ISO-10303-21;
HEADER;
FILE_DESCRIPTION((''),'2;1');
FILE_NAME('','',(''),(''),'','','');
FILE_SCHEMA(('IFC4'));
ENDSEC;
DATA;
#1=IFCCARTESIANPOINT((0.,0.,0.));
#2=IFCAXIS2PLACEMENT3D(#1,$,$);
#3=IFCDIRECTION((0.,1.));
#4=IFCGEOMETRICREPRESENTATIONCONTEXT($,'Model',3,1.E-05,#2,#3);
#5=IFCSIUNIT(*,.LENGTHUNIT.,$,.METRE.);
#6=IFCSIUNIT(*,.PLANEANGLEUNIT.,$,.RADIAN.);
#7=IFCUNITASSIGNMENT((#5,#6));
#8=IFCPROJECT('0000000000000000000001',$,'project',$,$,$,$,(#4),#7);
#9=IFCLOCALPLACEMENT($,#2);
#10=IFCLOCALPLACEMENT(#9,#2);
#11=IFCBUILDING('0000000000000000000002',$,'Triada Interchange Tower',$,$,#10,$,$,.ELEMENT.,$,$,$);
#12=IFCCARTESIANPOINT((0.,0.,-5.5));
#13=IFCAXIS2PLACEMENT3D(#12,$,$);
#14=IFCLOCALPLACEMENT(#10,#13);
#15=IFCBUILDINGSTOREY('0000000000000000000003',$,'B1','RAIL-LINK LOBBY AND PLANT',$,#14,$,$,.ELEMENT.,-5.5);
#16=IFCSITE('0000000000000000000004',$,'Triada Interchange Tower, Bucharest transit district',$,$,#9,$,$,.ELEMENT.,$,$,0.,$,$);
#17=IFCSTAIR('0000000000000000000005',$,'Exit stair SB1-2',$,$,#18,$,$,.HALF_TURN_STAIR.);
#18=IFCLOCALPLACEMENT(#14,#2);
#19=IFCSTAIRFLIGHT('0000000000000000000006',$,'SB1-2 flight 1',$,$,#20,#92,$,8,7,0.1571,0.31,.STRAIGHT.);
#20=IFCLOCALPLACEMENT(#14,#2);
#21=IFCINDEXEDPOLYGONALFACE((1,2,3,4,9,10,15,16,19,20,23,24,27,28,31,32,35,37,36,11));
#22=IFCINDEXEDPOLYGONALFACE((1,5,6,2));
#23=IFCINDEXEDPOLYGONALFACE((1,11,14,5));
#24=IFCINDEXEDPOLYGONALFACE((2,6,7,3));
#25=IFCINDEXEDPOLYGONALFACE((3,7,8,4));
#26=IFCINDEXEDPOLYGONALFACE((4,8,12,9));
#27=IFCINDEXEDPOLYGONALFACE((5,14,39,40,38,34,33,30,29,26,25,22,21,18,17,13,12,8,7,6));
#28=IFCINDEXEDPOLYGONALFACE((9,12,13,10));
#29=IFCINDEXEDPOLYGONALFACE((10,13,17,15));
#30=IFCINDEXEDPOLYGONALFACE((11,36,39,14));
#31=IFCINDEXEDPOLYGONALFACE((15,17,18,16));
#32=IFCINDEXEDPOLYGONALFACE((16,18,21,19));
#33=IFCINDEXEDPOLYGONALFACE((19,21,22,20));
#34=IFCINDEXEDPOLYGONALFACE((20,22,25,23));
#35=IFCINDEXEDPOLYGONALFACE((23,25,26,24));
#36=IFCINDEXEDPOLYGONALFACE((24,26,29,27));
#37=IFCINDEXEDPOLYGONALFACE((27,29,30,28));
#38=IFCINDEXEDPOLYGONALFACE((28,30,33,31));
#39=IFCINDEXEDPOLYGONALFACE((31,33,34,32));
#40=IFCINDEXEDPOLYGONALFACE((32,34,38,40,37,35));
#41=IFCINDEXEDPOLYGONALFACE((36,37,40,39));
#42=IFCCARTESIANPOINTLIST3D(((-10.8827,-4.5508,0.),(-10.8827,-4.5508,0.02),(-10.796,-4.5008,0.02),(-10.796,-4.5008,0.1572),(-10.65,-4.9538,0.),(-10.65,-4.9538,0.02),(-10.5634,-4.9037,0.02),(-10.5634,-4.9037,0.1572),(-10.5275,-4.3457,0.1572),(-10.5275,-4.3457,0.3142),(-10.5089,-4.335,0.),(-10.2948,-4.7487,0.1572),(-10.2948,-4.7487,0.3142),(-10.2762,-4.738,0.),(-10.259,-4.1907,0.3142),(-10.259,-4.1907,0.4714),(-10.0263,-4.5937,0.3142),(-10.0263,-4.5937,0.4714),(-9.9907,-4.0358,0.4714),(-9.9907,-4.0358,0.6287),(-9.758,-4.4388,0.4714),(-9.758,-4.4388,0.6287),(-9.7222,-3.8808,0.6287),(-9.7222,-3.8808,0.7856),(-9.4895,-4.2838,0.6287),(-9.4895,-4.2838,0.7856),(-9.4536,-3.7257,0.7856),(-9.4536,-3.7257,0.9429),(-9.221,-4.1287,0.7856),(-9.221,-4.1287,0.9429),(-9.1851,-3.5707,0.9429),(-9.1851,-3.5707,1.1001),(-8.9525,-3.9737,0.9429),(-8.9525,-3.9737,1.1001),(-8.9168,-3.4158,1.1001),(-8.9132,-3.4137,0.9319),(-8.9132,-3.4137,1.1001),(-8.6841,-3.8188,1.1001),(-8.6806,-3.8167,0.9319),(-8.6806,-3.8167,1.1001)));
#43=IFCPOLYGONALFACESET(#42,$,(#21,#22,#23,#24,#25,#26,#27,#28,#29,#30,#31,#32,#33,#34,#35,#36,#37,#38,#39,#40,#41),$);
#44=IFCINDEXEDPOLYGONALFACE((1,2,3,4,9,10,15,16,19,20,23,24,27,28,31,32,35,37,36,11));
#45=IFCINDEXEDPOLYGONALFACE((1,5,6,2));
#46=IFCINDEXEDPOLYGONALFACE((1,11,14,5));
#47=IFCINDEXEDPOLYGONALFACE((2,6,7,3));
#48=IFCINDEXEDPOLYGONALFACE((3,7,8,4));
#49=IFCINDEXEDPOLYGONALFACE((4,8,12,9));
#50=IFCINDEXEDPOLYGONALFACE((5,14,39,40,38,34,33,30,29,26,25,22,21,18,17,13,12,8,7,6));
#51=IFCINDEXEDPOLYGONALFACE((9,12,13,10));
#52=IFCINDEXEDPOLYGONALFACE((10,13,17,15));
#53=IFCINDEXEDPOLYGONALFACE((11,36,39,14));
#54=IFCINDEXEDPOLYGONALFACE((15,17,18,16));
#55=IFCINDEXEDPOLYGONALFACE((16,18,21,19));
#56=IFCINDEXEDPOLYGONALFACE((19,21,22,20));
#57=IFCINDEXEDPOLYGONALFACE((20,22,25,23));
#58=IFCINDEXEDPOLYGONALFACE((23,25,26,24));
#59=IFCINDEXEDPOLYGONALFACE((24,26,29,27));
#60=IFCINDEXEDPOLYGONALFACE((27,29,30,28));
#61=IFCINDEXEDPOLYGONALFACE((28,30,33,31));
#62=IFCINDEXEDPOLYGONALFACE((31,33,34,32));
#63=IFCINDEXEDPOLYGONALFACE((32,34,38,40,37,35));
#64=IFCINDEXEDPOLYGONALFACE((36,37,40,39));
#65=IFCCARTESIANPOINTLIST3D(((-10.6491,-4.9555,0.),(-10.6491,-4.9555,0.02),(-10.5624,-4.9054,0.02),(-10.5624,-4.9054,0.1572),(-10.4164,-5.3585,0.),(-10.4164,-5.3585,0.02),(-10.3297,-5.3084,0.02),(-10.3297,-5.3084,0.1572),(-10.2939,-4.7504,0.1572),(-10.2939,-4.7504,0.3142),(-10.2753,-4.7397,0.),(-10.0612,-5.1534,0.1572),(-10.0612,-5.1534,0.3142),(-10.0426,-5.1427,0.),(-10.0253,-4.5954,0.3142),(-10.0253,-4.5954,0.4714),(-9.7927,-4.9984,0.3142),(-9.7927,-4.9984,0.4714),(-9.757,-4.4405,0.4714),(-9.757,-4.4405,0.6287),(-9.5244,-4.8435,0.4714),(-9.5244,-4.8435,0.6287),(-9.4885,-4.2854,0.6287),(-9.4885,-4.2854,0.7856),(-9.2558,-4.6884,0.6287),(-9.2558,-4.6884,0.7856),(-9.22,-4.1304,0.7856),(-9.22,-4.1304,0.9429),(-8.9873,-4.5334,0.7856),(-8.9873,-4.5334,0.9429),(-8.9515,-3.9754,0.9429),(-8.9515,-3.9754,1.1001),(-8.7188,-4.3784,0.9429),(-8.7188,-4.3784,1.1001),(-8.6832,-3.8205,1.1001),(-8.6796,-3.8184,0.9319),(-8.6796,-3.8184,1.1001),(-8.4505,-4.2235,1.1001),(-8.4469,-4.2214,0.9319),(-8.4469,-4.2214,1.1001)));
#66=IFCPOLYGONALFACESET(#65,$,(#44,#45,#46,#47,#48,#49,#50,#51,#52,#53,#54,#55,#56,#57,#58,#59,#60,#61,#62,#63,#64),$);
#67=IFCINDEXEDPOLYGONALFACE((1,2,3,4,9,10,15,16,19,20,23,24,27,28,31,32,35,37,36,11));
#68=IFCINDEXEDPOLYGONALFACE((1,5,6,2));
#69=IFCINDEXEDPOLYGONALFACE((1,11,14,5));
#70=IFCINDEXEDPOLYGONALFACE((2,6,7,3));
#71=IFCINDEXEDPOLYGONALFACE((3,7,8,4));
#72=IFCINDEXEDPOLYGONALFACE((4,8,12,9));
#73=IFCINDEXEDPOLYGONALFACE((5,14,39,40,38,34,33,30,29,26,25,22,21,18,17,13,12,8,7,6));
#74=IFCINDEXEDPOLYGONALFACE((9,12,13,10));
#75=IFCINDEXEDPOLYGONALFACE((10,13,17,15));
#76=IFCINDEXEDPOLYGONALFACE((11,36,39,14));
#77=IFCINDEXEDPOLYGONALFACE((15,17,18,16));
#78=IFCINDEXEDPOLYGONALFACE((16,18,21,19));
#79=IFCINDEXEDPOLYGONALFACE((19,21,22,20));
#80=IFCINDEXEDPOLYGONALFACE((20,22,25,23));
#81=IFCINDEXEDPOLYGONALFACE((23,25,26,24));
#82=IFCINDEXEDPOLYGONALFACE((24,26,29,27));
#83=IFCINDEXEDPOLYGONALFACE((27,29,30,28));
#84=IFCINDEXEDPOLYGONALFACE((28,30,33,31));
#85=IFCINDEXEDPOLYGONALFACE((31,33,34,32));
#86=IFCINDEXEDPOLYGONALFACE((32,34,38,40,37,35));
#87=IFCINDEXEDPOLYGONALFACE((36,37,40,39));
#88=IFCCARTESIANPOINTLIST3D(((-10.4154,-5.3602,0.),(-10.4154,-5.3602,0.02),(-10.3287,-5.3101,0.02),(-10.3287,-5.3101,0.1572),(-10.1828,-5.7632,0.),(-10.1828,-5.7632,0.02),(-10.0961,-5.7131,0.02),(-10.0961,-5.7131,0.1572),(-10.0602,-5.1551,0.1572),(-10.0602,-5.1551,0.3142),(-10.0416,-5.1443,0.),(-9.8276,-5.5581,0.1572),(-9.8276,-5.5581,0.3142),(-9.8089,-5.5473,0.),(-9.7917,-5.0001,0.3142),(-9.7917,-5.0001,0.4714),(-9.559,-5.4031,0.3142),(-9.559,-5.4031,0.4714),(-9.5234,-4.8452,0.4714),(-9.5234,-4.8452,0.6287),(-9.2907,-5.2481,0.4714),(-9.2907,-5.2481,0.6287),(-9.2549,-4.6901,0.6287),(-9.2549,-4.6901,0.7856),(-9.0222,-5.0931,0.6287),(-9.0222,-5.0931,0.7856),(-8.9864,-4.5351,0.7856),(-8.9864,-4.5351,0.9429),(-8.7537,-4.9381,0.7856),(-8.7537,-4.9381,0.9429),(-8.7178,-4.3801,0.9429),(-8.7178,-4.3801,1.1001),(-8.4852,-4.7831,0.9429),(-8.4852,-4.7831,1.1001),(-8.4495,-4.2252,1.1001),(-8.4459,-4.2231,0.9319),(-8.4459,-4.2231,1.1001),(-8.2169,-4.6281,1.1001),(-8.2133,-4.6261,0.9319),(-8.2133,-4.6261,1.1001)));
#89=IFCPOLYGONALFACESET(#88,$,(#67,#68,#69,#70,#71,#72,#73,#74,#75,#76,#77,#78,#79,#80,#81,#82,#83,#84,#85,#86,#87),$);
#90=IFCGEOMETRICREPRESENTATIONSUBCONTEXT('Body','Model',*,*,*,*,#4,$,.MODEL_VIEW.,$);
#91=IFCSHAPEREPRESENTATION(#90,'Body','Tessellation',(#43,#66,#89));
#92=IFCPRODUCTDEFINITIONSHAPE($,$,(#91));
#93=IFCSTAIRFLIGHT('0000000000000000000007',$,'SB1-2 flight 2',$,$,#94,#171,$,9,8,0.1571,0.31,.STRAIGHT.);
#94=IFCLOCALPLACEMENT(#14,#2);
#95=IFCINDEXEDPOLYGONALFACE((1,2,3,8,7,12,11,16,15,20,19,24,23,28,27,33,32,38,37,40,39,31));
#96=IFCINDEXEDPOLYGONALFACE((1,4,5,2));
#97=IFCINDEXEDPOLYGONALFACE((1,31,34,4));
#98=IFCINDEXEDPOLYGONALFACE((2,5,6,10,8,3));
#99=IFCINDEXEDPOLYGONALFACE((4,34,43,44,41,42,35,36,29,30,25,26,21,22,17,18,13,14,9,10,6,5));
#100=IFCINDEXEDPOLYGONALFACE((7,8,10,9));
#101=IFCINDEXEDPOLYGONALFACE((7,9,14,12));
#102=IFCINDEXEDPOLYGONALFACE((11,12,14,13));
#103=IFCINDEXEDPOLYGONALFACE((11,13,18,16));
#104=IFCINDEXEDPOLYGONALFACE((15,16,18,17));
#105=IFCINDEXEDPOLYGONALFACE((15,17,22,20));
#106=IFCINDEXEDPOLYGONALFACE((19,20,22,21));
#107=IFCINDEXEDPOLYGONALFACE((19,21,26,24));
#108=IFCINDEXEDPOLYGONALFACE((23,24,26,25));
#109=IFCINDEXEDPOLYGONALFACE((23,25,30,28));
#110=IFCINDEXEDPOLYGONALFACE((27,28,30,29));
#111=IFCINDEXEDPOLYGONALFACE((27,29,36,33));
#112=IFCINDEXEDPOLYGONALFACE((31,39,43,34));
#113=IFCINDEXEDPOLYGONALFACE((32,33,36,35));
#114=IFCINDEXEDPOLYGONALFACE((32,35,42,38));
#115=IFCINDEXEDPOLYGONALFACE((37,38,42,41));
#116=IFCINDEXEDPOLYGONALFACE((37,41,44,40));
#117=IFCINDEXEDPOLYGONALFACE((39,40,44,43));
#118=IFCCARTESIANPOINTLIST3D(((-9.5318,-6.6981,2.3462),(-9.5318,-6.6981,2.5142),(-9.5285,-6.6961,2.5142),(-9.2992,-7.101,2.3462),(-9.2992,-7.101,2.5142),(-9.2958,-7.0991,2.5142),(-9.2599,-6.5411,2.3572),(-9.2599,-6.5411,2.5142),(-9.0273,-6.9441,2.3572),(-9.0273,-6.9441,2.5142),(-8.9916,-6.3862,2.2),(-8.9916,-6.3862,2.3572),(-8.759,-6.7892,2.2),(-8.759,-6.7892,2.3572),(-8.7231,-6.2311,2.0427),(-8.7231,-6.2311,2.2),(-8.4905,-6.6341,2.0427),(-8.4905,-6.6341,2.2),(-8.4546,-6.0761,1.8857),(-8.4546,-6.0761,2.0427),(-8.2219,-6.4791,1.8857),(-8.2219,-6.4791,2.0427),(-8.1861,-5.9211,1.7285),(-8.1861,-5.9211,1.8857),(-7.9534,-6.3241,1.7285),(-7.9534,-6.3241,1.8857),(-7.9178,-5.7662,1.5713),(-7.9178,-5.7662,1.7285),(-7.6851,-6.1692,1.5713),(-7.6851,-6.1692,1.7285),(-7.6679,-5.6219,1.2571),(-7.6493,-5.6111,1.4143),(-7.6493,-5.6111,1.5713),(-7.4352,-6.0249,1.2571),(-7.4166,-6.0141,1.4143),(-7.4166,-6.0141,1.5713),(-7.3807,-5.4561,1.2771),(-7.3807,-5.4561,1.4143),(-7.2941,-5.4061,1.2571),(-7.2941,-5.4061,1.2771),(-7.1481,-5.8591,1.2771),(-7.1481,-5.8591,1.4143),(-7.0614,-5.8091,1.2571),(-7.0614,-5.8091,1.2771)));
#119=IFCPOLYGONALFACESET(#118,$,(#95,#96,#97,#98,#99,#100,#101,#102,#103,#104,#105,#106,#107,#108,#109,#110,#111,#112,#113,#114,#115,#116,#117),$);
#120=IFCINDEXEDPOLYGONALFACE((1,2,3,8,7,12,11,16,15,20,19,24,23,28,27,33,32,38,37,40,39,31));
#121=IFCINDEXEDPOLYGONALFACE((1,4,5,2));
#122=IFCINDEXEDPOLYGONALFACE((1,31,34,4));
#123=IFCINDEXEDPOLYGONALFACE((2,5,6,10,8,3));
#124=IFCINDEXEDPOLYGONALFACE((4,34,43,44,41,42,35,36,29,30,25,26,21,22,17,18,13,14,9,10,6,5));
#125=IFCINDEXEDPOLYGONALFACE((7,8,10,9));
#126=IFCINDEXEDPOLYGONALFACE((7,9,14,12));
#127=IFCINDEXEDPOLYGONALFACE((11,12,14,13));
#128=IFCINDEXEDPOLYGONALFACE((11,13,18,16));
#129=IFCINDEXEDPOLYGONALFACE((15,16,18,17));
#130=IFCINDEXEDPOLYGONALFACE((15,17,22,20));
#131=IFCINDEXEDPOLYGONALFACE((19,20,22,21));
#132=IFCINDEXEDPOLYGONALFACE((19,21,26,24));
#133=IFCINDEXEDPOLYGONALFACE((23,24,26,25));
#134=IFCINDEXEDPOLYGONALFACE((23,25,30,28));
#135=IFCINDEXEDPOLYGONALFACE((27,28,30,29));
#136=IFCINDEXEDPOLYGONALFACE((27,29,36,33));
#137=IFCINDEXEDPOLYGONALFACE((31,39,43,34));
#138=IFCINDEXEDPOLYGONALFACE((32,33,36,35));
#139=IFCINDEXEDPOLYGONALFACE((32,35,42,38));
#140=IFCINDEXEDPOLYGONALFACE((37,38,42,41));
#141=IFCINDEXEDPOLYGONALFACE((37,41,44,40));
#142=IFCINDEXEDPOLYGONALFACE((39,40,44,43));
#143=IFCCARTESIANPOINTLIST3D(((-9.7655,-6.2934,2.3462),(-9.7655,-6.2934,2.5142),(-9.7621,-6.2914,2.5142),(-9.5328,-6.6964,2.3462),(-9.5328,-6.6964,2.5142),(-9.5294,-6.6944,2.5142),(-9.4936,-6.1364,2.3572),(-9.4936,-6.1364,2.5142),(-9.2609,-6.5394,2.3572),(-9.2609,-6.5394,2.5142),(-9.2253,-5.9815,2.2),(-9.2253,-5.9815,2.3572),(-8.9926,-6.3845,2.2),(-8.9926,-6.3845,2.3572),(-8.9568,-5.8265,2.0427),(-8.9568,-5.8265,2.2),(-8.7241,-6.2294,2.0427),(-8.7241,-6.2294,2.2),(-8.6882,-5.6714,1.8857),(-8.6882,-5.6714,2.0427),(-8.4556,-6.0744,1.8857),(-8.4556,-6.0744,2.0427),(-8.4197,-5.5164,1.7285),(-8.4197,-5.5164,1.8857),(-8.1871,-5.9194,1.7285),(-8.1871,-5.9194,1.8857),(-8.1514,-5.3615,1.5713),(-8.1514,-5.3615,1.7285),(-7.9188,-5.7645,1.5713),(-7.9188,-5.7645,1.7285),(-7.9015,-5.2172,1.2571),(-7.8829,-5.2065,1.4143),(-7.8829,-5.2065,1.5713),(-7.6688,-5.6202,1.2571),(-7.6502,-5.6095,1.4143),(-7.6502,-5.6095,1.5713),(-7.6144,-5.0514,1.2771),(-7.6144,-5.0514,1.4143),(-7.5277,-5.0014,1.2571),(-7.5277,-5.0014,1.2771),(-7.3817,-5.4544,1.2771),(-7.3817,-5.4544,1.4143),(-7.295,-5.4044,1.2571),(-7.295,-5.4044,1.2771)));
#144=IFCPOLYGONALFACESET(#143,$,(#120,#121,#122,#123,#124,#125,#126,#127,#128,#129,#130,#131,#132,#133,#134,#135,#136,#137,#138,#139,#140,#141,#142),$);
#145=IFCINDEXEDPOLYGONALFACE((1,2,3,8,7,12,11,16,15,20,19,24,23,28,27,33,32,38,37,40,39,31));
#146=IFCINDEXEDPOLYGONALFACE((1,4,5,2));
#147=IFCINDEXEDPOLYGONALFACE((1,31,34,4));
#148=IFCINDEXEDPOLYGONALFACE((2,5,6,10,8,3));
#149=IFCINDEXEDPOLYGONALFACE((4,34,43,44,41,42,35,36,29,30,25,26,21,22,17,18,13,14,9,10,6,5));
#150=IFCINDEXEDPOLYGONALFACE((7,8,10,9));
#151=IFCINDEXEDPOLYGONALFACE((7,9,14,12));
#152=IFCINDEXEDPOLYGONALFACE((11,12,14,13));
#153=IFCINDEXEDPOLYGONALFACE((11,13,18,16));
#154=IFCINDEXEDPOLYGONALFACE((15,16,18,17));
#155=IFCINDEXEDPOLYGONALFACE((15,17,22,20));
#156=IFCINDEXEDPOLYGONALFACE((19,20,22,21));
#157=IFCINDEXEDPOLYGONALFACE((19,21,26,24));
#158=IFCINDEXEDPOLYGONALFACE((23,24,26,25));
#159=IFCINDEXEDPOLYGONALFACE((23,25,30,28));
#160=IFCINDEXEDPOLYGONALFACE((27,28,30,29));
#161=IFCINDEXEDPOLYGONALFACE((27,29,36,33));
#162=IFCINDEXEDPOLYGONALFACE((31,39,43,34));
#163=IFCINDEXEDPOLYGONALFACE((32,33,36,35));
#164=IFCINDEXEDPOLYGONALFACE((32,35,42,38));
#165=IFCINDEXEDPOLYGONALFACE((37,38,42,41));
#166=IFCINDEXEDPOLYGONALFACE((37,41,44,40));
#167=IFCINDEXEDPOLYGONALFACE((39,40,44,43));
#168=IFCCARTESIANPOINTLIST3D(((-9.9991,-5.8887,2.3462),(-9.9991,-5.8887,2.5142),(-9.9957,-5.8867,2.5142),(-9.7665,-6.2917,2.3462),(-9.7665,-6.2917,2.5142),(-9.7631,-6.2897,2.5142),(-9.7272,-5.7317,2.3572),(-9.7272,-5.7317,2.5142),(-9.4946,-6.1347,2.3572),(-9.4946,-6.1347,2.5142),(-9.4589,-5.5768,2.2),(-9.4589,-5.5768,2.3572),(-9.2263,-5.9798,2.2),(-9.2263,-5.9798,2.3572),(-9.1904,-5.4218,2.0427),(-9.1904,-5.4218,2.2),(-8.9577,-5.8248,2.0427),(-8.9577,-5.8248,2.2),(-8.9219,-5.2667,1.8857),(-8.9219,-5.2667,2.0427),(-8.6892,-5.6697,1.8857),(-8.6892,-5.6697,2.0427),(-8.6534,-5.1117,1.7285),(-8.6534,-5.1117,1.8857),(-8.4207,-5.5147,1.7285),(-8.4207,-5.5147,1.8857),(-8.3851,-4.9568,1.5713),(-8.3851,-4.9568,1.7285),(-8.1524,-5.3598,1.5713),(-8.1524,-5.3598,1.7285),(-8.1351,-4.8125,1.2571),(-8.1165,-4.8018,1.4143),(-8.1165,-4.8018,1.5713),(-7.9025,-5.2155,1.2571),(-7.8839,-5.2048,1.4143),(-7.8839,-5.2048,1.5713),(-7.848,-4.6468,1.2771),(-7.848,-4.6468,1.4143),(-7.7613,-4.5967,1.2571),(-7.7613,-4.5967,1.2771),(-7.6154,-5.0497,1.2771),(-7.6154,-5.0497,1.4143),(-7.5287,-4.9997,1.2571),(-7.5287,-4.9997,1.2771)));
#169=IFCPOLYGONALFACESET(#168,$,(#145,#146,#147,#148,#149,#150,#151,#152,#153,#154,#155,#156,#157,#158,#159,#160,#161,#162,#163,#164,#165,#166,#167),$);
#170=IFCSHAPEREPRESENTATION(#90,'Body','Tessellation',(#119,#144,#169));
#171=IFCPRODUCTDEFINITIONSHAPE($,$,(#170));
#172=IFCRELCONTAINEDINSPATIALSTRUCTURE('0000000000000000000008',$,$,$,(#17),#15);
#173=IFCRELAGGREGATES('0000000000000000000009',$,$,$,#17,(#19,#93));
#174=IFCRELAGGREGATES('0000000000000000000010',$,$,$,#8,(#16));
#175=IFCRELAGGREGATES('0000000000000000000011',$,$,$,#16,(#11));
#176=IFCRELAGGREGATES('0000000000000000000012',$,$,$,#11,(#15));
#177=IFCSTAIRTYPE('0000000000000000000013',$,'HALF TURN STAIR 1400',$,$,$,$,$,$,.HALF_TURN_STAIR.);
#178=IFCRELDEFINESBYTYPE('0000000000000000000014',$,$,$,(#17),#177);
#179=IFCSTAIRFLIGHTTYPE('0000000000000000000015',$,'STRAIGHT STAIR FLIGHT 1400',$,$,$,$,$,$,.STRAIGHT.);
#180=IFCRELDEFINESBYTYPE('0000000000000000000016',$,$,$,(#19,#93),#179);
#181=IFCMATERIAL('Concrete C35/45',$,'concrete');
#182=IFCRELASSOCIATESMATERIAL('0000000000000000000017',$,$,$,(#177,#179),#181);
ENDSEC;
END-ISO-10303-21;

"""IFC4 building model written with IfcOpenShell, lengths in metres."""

from ifc_helpers import new_model, si_unit, direction, frame, origin, place, context, subcontext, project, spatial, polyline, outline, extrude, material, type_object, element, aggregate, save


model = new_model("IFC4")

# Units and contexts
model_context = context("Model", 3, precision=1e-05, world=origin(), true_north=direction((0.0, 1.0)))
body_context = subcontext(model_context, "Body", "Model", "MODEL_VIEW")
ifc_project = project(units=[si_unit("LENGTHUNIT", "METRE"), si_unit("PLANEANGLEUNIT", "RADIAN")], contexts=[model_context])

# Site, building, storey
site_placement = place(None, origin())
site = spatial("IfcSite", under=ifc_project, at=site_placement, Name="Triada Interchange Tower, Bucharest transit district", CompositionType="ELEMENT", RefElevation=0.0)
building_placement = place(site_placement, origin())
building = spatial("IfcBuilding", under=site, at=building_placement, Name="Triada Interchange Tower", CompositionType="ELEMENT")
storey_placement = place(building_placement, frame((0.0, 0.0, -5.5)))
storey = spatial("IfcBuildingStorey", under=building, at=storey_placement, Name="B1", Description="RAIL-LINK LOBBY AND PLANT", CompositionType="ELEMENT", Elevation=-5.5)

# Shared definitions
ifc_material_1 = material(Name="Concrete C35/45", Category="concrete")

# Stair, stair flights
stair_type = type_object("IfcStairType", Name="HALF TURN STAIR 1400", PredefinedType="HALF_TURN_STAIR", material=ifc_material_1)
stair_placement = place(storey_placement, origin())
stair = element("IfcStair", 1, at=stair_placement, inside=storey, type_object=stair_type, Name="Exit stair SB1-2", PredefinedType="HALF_TURN_STAIR")
stair_flight_type = type_object("IfcStairFlightType", Name="STRAIGHT STAIR FLIGHT 1400", PredefinedType="STRAIGHT", material=ifc_material_1)
stair_flight_1_placement = place(storey_placement, frame((-10.446, -5.1069, 0.0), z_axis=(0.0, 0.0, 1.0), x_axis=(0.866025, 0.5, 0.0)))
stair_flight_1 = element("IfcStairFlight", 2, at=stair_flight_1_placement, type_object=stair_flight_type, Name="SB1-2 flight 1", NumberOfRisers=8, NumberOfTreads=7, PredefinedType="STRAIGHT", RiserHeight=0.1571, TreadLength=0.31, context=body_context, shape_type="SweptSolid", body=[
    extrude(outline(polyline([(-0.1001, 0.0), (-0.1001, 0.02), (0.0, 0.02), (0.0, 0.1572), (0.3101, 0.1572), (0.3101, 0.3142), (0.6201, 0.3142), (0.6201, 0.4714), (0.9299, 0.4714), (0.9299, 0.6287), (1.24, 0.6287), (1.24, 0.7856), (1.55, 0.7856), (1.55, 0.9429), (1.8601, 0.9429), (1.8601, 1.1001), (2.1699, 1.1001), (2.1741, 1.1001), (2.1741, 1.2571), (2.1741, 0.9319), (0.3315, 0.0), (-0.1001, 0.0)])), frame((0.0, 0.7, 0.0), z_axis=(0.0, -1.0, 0.0), x_axis=(1.0, 0.0, 0.0)), (0.0, 0.0, 1.0), 0.4653),
    extrude(outline(polyline([(-0.1001, 0.0), (-0.1001, 0.02), (0.0, 0.02), (0.0, 0.1572), (0.3101, 0.1572), (0.3101, 0.3142), (0.6201, 0.3142), (0.6201, 0.4714), (0.9299, 0.4714), (0.9299, 0.6287), (1.24, 0.6287), (1.24, 0.7856), (1.55, 0.7856), (1.55, 0.9429), (1.8601, 0.9429), (1.8601, 1.1001), (2.1699, 1.1001), (2.1741, 1.1001), (2.1741, 1.2571), (2.1741, 0.9319), (0.3315, 0.0), (-0.1001, 0.0)])), frame((0.0, 0.2327, 0.0), z_axis=(0.0, -1.0, 0.0), x_axis=(1.0, 0.0, 0.0)), (0.0, 0.0, 1.0), 0.4653),
    extrude(outline(polyline([(-0.1001, 0.0), (-0.1001, 0.02), (0.0, 0.02), (0.0, 0.1572), (0.3101, 0.1572), (0.3101, 0.3142), (0.6201, 0.3142), (0.6201, 0.4714), (0.9299, 0.4714), (0.9299, 0.6287), (1.24, 0.6287), (1.24, 0.7856), (1.55, 0.7856), (1.55, 0.9429), (1.8601, 0.9429), (1.8601, 1.1001), (2.1699, 1.1001), (2.1741, 1.1001), (2.1741, 1.2571), (2.1741, 0.9319), (0.3315, 0.0), (-0.1001, 0.0)])), frame((0.0, -0.2346, 0.0), z_axis=(0.0, -1.0, 0.0), x_axis=(1.0, 0.0, 0.0)), (0.0, 0.0, 1.0), 0.4653),
])
stair_flight_2_placement = place(storey_placement, frame((-7.498, -5.2529, 1.2571), z_axis=(0.0, 0.0, 1.0), x_axis=(-0.866025, -0.5, 0.0)))
stair_flight_2 = element("IfcStairFlight", 3, at=stair_flight_2_placement, type_object=stair_flight_type, Name="SB1-2 flight 2", NumberOfRisers=9, NumberOfTreads=8, PredefinedType="STRAIGHT", RiserHeight=0.1571, TreadLength=0.31, context=body_context, shape_type="SweptSolid", body=[
    extrude(outline(polyline([(-0.1001, 0.0), (-0.1001, 0.02), (0.0, 0.02), (0.0, 0.1572), (0.3101, 0.1572), (0.3101, 0.3142), (0.6201, 0.3142), (0.6201, 0.4714), (0.9299, 0.4714), (0.9299, 0.6287), (1.24, 0.6287), (1.24, 0.7856), (1.55, 0.7856), (1.55, 0.9429), (1.8601, 0.9429), (1.8601, 1.1001), (2.1699, 1.1001), (2.1699, 1.2571), (2.48, 1.2571), (2.4839, 1.2571), (2.4839, 1.4143), (2.4839, 1.0891), (0.3315, 0.0), (-0.1001, 0.0)])), frame((0.0, 0.7, 0.0), z_axis=(0.0, -1.0, 0.0), x_axis=(1.0, 0.0, 0.0)), (0.0, 0.0, 1.0), 0.4653),
    extrude(outline(polyline([(-0.1001, 0.0), (-0.1001, 0.02), (0.0, 0.02), (0.0, 0.1572), (0.3101, 0.1572), (0.3101, 0.3142), (0.6201, 0.3142), (0.6201, 0.4714), (0.9299, 0.4714), (0.9299, 0.6287), (1.24, 0.6287), (1.24, 0.7856), (1.55, 0.7856), (1.55, 0.9429), (1.8601, 0.9429), (1.8601, 1.1001), (2.1699, 1.1001), (2.1699, 1.2571), (2.48, 1.2571), (2.4839, 1.2571), (2.4839, 1.4143), (2.4839, 1.0891), (0.3315, 0.0), (-0.1001, 0.0)])), frame((0.0, 0.2327, 0.0), z_axis=(0.0, -1.0, 0.0), x_axis=(1.0, 0.0, 0.0)), (0.0, 0.0, 1.0), 0.4653),
    extrude(outline(polyline([(-0.1001, 0.0), (-0.1001, 0.02), (0.0, 0.02), (0.0, 0.1572), (0.3101, 0.1572), (0.3101, 0.3142), (0.6201, 0.3142), (0.6201, 0.4714), (0.9299, 0.4714), (0.9299, 0.6287), (1.24, 0.6287), (1.24, 0.7856), (1.55, 0.7856), (1.55, 0.9429), (1.8601, 0.9429), (1.8601, 1.1001), (2.1699, 1.1001), (2.1699, 1.2571), (2.48, 1.2571), (2.4839, 1.2571), (2.4839, 1.4143), (2.4839, 1.0891), (0.3315, 0.0), (-0.1001, 0.0)])), frame((0.0, -0.2346, 0.0), z_axis=(0.0, -1.0, 0.0), x_axis=(1.0, 0.0, 0.0)), (0.0, 0.0, 1.0), 0.4653),
])
aggregate(stair, [stair_flight_1, stair_flight_2])

save(model, "model.ifc")
